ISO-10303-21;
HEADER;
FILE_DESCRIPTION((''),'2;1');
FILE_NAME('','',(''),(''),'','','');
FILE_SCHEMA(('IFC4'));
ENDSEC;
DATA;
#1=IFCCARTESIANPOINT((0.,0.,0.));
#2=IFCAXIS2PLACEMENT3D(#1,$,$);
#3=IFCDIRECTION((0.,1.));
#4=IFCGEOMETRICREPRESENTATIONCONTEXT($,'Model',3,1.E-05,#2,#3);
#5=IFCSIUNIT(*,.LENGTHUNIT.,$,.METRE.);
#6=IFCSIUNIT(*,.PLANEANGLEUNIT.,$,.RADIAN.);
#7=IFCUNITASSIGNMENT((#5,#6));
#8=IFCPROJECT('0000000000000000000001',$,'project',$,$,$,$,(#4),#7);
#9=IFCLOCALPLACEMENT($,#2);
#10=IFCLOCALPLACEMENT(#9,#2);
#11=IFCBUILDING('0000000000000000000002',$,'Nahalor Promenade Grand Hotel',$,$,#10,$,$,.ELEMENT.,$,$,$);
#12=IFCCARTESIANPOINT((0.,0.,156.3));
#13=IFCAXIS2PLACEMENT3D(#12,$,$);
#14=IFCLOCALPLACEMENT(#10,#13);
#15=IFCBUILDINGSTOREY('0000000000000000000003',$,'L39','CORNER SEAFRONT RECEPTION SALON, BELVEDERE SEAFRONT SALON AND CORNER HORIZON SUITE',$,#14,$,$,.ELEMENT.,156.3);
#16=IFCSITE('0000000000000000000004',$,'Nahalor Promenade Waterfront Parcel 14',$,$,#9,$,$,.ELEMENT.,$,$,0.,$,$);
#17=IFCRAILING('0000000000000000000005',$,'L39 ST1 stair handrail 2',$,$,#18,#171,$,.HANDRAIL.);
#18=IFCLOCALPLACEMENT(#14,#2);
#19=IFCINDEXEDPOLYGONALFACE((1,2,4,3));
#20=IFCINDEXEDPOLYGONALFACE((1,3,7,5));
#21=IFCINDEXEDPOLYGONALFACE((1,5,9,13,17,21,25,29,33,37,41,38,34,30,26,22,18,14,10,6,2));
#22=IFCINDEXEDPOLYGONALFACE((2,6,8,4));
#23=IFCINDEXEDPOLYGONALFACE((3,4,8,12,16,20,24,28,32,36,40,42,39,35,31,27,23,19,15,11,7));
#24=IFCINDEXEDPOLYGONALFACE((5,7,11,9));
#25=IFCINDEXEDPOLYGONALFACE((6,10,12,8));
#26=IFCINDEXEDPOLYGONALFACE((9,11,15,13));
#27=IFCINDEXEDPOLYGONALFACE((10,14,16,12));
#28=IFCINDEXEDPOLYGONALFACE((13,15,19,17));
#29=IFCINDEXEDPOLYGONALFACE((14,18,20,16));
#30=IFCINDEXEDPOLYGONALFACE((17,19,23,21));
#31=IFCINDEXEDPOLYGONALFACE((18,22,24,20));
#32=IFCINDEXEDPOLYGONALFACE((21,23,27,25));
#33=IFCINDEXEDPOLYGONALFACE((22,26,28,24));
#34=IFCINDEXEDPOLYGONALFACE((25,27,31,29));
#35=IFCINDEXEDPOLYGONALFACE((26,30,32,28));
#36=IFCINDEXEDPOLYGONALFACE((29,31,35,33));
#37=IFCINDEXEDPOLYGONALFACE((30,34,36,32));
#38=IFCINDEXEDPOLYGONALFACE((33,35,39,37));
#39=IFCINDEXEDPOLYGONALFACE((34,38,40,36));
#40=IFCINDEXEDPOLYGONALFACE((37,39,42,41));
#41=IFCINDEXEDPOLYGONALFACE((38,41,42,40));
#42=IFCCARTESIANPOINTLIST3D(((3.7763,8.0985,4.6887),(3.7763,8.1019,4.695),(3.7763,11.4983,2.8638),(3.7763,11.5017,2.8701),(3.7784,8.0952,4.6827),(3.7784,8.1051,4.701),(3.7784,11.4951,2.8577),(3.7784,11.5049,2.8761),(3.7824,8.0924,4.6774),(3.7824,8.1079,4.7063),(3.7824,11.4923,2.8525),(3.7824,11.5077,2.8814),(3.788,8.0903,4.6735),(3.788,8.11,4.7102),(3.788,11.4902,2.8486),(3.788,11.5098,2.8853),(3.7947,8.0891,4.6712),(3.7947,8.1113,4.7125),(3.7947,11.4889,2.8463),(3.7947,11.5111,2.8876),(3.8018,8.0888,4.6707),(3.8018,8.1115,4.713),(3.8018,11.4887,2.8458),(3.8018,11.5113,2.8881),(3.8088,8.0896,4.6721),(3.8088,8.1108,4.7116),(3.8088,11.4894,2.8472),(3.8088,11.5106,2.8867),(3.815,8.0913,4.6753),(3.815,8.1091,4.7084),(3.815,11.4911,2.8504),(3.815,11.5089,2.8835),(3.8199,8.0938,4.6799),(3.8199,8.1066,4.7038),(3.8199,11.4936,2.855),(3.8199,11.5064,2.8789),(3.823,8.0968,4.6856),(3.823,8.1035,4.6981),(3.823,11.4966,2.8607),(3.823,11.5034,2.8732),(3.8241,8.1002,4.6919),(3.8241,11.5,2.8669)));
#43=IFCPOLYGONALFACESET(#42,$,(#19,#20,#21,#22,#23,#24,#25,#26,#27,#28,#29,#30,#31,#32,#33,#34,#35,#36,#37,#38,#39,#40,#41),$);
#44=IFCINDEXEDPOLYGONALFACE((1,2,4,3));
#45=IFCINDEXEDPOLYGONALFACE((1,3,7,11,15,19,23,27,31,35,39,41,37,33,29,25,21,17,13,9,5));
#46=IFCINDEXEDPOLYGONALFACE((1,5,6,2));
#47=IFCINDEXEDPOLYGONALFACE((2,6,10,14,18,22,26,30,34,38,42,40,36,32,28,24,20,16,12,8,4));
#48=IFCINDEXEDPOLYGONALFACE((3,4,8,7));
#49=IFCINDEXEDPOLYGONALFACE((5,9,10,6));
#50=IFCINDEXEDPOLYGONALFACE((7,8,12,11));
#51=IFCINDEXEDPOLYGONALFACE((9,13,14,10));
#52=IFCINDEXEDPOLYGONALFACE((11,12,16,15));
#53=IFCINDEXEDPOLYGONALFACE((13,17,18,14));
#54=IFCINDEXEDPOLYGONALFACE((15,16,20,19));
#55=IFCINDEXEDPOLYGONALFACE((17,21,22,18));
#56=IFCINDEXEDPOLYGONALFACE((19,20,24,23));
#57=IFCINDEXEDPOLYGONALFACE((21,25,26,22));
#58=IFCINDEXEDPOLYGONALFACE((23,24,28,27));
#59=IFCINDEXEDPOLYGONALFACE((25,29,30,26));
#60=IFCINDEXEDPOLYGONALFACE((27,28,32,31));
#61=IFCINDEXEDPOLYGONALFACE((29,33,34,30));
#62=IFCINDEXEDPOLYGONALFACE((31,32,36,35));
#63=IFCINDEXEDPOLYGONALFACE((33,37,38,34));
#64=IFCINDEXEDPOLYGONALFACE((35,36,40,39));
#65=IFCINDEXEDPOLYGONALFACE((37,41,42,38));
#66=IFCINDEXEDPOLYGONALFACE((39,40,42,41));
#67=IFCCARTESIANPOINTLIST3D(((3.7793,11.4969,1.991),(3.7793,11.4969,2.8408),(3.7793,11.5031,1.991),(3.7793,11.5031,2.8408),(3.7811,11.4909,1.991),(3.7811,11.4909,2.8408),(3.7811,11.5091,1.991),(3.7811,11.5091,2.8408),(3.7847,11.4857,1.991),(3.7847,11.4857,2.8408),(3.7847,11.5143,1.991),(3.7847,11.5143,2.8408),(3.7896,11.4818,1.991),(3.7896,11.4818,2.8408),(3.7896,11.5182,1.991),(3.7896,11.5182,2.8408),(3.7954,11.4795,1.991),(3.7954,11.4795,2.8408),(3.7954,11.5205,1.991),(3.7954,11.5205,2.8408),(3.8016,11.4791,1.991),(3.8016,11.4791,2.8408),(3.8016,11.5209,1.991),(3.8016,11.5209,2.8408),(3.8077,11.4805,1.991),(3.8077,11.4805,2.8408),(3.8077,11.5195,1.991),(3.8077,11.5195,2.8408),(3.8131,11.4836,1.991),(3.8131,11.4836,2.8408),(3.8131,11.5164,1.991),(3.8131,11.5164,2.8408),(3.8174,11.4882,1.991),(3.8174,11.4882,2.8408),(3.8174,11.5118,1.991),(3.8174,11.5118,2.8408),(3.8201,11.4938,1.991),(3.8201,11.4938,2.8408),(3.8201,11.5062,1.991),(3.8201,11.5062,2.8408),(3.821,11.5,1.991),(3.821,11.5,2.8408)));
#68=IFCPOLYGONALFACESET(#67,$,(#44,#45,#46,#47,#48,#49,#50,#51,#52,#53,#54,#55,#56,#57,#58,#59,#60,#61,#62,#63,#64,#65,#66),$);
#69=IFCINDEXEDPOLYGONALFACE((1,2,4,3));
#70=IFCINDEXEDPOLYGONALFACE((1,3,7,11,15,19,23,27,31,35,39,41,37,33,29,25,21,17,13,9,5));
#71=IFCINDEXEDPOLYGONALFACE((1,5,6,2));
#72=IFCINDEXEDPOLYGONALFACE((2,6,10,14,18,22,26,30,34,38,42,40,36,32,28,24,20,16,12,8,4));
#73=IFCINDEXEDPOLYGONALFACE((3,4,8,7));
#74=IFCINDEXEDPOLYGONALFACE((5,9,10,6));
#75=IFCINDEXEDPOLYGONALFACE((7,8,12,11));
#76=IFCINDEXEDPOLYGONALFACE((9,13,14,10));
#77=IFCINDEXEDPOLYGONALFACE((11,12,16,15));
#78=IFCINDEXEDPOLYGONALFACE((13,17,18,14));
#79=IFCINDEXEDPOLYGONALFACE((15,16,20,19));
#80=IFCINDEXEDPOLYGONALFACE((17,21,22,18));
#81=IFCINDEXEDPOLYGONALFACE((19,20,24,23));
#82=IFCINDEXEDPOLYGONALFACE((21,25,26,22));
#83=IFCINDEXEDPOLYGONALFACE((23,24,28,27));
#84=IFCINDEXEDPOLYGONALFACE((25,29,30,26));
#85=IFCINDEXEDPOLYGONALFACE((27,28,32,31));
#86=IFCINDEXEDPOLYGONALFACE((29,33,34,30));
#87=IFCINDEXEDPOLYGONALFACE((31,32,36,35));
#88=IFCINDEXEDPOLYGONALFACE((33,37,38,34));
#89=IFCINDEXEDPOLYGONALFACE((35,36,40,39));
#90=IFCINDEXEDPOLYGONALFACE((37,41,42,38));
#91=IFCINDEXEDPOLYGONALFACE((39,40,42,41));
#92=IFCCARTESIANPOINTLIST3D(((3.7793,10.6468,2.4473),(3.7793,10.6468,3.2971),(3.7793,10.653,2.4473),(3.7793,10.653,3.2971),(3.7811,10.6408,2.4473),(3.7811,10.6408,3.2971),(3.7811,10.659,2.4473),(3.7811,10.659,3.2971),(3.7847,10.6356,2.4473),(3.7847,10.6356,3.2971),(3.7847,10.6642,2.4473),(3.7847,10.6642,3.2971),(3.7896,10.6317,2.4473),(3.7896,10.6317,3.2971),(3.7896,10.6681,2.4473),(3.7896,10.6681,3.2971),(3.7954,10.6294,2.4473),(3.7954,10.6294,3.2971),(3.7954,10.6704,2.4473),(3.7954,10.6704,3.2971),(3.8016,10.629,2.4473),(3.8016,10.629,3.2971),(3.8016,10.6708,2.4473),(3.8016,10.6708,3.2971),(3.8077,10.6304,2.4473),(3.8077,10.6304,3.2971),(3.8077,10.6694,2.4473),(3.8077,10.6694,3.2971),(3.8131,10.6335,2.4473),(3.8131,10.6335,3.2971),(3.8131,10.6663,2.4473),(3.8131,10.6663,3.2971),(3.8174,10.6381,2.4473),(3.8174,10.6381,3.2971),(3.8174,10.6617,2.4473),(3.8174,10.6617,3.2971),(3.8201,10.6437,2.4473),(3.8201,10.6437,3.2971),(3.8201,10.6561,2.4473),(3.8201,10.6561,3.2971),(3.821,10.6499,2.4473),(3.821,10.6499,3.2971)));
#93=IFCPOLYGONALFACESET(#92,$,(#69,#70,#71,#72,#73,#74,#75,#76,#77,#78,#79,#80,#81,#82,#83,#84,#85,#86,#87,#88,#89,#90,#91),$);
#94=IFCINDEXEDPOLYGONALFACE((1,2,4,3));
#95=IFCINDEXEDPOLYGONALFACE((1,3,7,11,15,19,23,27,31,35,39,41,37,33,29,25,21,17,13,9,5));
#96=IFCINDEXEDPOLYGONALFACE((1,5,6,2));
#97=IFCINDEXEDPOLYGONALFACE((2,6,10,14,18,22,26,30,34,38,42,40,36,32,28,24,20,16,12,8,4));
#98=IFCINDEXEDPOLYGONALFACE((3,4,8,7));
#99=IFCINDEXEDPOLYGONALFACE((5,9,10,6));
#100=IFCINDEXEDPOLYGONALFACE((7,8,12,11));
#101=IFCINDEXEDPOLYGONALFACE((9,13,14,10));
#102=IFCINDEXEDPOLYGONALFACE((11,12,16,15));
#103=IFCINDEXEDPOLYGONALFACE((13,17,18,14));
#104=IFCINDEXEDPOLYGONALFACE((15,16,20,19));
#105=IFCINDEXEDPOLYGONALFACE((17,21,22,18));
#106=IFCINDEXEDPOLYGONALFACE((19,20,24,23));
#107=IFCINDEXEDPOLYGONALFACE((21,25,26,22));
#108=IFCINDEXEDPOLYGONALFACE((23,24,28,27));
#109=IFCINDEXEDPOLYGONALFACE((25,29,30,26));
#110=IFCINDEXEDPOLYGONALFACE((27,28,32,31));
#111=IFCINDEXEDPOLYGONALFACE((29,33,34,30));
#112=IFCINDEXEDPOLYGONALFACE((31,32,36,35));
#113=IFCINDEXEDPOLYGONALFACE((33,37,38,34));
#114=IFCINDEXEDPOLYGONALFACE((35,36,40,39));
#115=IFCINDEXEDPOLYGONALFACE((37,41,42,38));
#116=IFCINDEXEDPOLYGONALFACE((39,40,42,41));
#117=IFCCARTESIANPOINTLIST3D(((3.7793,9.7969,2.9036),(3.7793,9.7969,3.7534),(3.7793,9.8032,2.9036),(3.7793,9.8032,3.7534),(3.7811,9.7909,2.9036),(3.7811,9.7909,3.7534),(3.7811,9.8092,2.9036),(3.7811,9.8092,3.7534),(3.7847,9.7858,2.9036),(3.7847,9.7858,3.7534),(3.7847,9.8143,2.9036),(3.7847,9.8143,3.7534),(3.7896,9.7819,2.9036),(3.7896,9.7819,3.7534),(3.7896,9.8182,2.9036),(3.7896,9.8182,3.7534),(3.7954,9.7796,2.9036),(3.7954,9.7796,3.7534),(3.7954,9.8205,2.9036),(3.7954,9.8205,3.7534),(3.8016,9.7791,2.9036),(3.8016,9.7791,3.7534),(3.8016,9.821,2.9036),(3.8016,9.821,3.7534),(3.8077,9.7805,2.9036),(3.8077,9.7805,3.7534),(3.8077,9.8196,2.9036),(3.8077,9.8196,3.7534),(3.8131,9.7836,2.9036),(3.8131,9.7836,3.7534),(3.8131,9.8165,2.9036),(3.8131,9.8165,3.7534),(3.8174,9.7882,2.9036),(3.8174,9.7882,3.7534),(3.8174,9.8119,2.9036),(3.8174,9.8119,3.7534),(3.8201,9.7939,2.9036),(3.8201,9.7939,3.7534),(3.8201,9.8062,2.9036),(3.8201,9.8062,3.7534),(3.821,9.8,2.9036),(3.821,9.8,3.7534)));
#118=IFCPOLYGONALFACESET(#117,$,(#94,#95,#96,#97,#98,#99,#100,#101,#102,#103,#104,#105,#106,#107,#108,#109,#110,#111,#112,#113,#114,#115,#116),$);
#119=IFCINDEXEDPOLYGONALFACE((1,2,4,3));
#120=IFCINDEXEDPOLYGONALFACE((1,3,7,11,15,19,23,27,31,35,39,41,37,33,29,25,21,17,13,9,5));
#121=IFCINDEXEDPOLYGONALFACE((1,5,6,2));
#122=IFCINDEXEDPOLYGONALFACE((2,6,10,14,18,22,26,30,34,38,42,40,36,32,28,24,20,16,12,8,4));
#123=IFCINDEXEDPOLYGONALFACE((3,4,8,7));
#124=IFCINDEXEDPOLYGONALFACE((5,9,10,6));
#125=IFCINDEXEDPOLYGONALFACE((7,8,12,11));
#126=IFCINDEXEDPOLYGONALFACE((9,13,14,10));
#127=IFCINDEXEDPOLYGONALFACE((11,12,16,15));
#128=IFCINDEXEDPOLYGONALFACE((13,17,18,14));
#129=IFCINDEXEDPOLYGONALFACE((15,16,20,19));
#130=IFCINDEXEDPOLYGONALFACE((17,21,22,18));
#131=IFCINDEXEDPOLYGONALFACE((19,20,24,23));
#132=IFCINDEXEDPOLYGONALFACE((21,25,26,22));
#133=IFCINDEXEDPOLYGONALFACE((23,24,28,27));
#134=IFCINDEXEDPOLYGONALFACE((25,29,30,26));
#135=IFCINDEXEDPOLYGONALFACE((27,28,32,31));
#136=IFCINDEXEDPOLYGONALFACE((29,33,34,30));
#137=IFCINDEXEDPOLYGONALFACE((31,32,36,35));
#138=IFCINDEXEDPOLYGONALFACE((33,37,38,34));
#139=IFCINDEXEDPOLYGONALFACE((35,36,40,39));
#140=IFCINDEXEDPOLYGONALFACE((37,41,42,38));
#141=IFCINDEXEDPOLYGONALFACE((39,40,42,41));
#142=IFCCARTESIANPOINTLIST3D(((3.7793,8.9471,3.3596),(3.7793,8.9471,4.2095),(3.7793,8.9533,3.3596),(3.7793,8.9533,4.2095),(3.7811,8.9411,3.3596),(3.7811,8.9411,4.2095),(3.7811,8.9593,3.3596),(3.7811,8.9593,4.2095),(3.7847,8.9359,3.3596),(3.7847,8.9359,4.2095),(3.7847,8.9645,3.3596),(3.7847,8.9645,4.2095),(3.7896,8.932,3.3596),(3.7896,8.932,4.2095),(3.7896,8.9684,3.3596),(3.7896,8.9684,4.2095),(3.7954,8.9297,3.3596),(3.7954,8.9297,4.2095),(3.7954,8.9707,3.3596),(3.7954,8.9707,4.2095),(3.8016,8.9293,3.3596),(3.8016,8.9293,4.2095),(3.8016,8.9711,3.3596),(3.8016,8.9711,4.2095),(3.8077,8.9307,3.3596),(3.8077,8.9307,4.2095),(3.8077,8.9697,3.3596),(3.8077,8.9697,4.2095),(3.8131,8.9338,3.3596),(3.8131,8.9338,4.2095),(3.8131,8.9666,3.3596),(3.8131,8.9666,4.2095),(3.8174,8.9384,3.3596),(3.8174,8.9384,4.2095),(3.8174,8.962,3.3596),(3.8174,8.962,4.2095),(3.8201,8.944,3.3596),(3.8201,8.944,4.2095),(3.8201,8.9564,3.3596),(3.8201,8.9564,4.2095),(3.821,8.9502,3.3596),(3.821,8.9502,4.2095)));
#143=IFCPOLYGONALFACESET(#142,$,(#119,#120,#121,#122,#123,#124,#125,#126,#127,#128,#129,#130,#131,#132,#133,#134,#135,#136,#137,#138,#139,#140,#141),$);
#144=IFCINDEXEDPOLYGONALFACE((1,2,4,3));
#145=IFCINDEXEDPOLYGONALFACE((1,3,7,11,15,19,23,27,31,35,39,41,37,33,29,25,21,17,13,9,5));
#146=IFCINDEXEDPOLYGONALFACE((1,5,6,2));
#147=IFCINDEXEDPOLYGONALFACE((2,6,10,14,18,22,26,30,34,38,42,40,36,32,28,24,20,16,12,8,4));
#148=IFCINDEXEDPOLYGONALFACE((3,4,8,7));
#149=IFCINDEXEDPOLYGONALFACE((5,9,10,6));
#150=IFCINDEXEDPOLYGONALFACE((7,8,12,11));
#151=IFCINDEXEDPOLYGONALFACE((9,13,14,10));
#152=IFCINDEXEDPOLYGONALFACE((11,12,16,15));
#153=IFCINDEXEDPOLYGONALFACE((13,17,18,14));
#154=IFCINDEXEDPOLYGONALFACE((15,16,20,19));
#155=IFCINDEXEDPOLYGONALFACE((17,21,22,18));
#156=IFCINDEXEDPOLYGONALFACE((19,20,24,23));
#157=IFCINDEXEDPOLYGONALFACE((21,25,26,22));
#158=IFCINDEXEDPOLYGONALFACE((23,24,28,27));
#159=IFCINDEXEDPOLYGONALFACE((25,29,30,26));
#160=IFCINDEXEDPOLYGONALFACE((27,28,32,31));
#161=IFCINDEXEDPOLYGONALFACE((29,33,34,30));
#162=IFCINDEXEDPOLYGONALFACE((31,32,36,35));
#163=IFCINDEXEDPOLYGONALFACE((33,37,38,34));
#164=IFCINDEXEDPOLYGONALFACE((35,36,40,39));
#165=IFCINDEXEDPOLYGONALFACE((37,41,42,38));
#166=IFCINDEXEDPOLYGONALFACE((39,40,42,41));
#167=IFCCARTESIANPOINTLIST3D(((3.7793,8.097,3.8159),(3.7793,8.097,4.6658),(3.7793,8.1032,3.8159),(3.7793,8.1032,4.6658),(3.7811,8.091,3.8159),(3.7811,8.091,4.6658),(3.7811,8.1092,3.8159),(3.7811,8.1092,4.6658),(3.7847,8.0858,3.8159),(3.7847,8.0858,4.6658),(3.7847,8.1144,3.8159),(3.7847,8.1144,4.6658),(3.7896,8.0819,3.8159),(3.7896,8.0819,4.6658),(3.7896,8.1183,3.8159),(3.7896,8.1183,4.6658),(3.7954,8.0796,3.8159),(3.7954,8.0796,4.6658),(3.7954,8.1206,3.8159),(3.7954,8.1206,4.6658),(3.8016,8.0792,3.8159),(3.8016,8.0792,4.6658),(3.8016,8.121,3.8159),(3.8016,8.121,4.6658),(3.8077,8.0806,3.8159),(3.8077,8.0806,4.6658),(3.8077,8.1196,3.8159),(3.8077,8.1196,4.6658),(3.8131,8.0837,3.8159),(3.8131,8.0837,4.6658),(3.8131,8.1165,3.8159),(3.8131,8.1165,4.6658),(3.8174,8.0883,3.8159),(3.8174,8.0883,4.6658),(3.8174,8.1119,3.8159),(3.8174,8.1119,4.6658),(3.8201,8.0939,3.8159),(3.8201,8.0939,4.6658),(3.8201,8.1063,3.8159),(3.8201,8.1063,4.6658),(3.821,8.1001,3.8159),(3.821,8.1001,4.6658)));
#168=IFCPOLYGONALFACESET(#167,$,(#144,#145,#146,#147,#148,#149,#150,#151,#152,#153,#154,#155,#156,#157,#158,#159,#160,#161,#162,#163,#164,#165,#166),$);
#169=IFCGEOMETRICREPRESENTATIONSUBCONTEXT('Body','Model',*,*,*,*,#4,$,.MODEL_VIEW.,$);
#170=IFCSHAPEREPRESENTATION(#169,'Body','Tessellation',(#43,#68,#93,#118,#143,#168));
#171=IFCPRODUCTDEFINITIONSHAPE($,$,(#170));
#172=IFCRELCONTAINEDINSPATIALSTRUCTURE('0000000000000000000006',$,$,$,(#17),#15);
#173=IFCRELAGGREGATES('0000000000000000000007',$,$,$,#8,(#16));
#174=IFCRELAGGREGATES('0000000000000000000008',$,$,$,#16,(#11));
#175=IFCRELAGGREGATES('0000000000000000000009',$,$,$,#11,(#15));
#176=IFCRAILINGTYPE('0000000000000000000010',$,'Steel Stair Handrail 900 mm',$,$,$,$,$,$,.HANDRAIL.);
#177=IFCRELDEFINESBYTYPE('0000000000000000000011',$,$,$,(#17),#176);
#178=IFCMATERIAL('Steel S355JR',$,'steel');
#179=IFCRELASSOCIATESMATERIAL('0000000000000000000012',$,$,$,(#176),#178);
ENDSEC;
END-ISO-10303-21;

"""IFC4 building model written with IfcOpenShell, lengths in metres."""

from ifc_helpers import new_model, si_unit, direction, frame, origin, origin_2d, place, context, subcontext, project, spatial, circle, extrude, material, type_object, element, save


model = new_model("IFC4")

# Units and contexts
model_context = context("Model", 3, precision=1e-05, world=origin(), true_north=direction((0.0, 1.0)))
body_context = subcontext(model_context, "Body", "Model", "MODEL_VIEW")
ifc_project = project(units=[si_unit("LENGTHUNIT", "METRE"), si_unit("PLANEANGLEUNIT", "RADIAN")], contexts=[model_context])

# Site, building, storey
site_placement = place(None, origin())
site = spatial("IfcSite", under=ifc_project, at=site_placement, Name="Nahalor Promenade Waterfront Parcel 14", CompositionType="ELEMENT", RefElevation=0.0)
building_placement = place(site_placement, origin())
building = spatial("IfcBuilding", under=site, at=building_placement, Name="Nahalor Promenade Grand Hotel", CompositionType="ELEMENT")
storey_placement = place(building_placement, frame((0.0, 0.0, 156.3)))
storey = spatial("IfcBuildingStorey", under=building, at=storey_placement, Name="L39", Description="CORNER SEAFRONT RECEPTION SALON, BELVEDERE SEAFRONT SALON AND CORNER HORIZON SUITE", CompositionType="ELEMENT", Elevation=156.3)

# Shared definitions
ifc_material_1 = material(Name="Steel S355JR", Category="steel")

# Railing
railing_type_1 = type_object("IfcRailingType", Name="Steel Stair Handrail 900 mm", PredefinedType="HANDRAIL", material=ifc_material_1)
railing_1_placement = place(storey_placement, frame((3.8, 11.5, 1.991)))
element("IfcRailing", 1, at=railing_1_placement, inside=storey, type_object=railing_type_1, Name="L39 ST1 stair handrail 2", PredefinedType="HANDRAIL", context=body_context, shape_type="SweptSolid", body=[
    extrude(circle(Radius=0.024, at=origin_2d()), frame((0.0, 0.0, 0.876), z_axis=(0.0, -0.881094, 0.472941), x_axis=(1.0, 0.0, 0.0)), (0.0, 0.0, 1.0), 3.8586),
    extrude(circle(Radius=0.021, at=origin_2d()), origin(), (0.0, 0.0, 1.0), 0.8499),
    extrude(circle(Radius=0.021, at=origin_2d()), frame((0.0, -0.8501, 0.4563)), (0.0, 0.0, 1.0), 0.8499),
    extrude(circle(Radius=0.021, at=origin_2d()), frame((0.0, -1.7, 0.9126)), (0.0, 0.0, 1.0), 0.8499),
    extrude(circle(Radius=0.021, at=origin_2d()), frame((0.0, -2.5498, 1.3687)), (0.0, 0.0, 1.0), 0.8499),
    extrude(circle(Radius=0.021, at=origin_2d()), frame((0.0, -3.3999, 1.825)), (0.0, 0.0, 1.0), 0.8499),
])

save(model, "model.ifc")
